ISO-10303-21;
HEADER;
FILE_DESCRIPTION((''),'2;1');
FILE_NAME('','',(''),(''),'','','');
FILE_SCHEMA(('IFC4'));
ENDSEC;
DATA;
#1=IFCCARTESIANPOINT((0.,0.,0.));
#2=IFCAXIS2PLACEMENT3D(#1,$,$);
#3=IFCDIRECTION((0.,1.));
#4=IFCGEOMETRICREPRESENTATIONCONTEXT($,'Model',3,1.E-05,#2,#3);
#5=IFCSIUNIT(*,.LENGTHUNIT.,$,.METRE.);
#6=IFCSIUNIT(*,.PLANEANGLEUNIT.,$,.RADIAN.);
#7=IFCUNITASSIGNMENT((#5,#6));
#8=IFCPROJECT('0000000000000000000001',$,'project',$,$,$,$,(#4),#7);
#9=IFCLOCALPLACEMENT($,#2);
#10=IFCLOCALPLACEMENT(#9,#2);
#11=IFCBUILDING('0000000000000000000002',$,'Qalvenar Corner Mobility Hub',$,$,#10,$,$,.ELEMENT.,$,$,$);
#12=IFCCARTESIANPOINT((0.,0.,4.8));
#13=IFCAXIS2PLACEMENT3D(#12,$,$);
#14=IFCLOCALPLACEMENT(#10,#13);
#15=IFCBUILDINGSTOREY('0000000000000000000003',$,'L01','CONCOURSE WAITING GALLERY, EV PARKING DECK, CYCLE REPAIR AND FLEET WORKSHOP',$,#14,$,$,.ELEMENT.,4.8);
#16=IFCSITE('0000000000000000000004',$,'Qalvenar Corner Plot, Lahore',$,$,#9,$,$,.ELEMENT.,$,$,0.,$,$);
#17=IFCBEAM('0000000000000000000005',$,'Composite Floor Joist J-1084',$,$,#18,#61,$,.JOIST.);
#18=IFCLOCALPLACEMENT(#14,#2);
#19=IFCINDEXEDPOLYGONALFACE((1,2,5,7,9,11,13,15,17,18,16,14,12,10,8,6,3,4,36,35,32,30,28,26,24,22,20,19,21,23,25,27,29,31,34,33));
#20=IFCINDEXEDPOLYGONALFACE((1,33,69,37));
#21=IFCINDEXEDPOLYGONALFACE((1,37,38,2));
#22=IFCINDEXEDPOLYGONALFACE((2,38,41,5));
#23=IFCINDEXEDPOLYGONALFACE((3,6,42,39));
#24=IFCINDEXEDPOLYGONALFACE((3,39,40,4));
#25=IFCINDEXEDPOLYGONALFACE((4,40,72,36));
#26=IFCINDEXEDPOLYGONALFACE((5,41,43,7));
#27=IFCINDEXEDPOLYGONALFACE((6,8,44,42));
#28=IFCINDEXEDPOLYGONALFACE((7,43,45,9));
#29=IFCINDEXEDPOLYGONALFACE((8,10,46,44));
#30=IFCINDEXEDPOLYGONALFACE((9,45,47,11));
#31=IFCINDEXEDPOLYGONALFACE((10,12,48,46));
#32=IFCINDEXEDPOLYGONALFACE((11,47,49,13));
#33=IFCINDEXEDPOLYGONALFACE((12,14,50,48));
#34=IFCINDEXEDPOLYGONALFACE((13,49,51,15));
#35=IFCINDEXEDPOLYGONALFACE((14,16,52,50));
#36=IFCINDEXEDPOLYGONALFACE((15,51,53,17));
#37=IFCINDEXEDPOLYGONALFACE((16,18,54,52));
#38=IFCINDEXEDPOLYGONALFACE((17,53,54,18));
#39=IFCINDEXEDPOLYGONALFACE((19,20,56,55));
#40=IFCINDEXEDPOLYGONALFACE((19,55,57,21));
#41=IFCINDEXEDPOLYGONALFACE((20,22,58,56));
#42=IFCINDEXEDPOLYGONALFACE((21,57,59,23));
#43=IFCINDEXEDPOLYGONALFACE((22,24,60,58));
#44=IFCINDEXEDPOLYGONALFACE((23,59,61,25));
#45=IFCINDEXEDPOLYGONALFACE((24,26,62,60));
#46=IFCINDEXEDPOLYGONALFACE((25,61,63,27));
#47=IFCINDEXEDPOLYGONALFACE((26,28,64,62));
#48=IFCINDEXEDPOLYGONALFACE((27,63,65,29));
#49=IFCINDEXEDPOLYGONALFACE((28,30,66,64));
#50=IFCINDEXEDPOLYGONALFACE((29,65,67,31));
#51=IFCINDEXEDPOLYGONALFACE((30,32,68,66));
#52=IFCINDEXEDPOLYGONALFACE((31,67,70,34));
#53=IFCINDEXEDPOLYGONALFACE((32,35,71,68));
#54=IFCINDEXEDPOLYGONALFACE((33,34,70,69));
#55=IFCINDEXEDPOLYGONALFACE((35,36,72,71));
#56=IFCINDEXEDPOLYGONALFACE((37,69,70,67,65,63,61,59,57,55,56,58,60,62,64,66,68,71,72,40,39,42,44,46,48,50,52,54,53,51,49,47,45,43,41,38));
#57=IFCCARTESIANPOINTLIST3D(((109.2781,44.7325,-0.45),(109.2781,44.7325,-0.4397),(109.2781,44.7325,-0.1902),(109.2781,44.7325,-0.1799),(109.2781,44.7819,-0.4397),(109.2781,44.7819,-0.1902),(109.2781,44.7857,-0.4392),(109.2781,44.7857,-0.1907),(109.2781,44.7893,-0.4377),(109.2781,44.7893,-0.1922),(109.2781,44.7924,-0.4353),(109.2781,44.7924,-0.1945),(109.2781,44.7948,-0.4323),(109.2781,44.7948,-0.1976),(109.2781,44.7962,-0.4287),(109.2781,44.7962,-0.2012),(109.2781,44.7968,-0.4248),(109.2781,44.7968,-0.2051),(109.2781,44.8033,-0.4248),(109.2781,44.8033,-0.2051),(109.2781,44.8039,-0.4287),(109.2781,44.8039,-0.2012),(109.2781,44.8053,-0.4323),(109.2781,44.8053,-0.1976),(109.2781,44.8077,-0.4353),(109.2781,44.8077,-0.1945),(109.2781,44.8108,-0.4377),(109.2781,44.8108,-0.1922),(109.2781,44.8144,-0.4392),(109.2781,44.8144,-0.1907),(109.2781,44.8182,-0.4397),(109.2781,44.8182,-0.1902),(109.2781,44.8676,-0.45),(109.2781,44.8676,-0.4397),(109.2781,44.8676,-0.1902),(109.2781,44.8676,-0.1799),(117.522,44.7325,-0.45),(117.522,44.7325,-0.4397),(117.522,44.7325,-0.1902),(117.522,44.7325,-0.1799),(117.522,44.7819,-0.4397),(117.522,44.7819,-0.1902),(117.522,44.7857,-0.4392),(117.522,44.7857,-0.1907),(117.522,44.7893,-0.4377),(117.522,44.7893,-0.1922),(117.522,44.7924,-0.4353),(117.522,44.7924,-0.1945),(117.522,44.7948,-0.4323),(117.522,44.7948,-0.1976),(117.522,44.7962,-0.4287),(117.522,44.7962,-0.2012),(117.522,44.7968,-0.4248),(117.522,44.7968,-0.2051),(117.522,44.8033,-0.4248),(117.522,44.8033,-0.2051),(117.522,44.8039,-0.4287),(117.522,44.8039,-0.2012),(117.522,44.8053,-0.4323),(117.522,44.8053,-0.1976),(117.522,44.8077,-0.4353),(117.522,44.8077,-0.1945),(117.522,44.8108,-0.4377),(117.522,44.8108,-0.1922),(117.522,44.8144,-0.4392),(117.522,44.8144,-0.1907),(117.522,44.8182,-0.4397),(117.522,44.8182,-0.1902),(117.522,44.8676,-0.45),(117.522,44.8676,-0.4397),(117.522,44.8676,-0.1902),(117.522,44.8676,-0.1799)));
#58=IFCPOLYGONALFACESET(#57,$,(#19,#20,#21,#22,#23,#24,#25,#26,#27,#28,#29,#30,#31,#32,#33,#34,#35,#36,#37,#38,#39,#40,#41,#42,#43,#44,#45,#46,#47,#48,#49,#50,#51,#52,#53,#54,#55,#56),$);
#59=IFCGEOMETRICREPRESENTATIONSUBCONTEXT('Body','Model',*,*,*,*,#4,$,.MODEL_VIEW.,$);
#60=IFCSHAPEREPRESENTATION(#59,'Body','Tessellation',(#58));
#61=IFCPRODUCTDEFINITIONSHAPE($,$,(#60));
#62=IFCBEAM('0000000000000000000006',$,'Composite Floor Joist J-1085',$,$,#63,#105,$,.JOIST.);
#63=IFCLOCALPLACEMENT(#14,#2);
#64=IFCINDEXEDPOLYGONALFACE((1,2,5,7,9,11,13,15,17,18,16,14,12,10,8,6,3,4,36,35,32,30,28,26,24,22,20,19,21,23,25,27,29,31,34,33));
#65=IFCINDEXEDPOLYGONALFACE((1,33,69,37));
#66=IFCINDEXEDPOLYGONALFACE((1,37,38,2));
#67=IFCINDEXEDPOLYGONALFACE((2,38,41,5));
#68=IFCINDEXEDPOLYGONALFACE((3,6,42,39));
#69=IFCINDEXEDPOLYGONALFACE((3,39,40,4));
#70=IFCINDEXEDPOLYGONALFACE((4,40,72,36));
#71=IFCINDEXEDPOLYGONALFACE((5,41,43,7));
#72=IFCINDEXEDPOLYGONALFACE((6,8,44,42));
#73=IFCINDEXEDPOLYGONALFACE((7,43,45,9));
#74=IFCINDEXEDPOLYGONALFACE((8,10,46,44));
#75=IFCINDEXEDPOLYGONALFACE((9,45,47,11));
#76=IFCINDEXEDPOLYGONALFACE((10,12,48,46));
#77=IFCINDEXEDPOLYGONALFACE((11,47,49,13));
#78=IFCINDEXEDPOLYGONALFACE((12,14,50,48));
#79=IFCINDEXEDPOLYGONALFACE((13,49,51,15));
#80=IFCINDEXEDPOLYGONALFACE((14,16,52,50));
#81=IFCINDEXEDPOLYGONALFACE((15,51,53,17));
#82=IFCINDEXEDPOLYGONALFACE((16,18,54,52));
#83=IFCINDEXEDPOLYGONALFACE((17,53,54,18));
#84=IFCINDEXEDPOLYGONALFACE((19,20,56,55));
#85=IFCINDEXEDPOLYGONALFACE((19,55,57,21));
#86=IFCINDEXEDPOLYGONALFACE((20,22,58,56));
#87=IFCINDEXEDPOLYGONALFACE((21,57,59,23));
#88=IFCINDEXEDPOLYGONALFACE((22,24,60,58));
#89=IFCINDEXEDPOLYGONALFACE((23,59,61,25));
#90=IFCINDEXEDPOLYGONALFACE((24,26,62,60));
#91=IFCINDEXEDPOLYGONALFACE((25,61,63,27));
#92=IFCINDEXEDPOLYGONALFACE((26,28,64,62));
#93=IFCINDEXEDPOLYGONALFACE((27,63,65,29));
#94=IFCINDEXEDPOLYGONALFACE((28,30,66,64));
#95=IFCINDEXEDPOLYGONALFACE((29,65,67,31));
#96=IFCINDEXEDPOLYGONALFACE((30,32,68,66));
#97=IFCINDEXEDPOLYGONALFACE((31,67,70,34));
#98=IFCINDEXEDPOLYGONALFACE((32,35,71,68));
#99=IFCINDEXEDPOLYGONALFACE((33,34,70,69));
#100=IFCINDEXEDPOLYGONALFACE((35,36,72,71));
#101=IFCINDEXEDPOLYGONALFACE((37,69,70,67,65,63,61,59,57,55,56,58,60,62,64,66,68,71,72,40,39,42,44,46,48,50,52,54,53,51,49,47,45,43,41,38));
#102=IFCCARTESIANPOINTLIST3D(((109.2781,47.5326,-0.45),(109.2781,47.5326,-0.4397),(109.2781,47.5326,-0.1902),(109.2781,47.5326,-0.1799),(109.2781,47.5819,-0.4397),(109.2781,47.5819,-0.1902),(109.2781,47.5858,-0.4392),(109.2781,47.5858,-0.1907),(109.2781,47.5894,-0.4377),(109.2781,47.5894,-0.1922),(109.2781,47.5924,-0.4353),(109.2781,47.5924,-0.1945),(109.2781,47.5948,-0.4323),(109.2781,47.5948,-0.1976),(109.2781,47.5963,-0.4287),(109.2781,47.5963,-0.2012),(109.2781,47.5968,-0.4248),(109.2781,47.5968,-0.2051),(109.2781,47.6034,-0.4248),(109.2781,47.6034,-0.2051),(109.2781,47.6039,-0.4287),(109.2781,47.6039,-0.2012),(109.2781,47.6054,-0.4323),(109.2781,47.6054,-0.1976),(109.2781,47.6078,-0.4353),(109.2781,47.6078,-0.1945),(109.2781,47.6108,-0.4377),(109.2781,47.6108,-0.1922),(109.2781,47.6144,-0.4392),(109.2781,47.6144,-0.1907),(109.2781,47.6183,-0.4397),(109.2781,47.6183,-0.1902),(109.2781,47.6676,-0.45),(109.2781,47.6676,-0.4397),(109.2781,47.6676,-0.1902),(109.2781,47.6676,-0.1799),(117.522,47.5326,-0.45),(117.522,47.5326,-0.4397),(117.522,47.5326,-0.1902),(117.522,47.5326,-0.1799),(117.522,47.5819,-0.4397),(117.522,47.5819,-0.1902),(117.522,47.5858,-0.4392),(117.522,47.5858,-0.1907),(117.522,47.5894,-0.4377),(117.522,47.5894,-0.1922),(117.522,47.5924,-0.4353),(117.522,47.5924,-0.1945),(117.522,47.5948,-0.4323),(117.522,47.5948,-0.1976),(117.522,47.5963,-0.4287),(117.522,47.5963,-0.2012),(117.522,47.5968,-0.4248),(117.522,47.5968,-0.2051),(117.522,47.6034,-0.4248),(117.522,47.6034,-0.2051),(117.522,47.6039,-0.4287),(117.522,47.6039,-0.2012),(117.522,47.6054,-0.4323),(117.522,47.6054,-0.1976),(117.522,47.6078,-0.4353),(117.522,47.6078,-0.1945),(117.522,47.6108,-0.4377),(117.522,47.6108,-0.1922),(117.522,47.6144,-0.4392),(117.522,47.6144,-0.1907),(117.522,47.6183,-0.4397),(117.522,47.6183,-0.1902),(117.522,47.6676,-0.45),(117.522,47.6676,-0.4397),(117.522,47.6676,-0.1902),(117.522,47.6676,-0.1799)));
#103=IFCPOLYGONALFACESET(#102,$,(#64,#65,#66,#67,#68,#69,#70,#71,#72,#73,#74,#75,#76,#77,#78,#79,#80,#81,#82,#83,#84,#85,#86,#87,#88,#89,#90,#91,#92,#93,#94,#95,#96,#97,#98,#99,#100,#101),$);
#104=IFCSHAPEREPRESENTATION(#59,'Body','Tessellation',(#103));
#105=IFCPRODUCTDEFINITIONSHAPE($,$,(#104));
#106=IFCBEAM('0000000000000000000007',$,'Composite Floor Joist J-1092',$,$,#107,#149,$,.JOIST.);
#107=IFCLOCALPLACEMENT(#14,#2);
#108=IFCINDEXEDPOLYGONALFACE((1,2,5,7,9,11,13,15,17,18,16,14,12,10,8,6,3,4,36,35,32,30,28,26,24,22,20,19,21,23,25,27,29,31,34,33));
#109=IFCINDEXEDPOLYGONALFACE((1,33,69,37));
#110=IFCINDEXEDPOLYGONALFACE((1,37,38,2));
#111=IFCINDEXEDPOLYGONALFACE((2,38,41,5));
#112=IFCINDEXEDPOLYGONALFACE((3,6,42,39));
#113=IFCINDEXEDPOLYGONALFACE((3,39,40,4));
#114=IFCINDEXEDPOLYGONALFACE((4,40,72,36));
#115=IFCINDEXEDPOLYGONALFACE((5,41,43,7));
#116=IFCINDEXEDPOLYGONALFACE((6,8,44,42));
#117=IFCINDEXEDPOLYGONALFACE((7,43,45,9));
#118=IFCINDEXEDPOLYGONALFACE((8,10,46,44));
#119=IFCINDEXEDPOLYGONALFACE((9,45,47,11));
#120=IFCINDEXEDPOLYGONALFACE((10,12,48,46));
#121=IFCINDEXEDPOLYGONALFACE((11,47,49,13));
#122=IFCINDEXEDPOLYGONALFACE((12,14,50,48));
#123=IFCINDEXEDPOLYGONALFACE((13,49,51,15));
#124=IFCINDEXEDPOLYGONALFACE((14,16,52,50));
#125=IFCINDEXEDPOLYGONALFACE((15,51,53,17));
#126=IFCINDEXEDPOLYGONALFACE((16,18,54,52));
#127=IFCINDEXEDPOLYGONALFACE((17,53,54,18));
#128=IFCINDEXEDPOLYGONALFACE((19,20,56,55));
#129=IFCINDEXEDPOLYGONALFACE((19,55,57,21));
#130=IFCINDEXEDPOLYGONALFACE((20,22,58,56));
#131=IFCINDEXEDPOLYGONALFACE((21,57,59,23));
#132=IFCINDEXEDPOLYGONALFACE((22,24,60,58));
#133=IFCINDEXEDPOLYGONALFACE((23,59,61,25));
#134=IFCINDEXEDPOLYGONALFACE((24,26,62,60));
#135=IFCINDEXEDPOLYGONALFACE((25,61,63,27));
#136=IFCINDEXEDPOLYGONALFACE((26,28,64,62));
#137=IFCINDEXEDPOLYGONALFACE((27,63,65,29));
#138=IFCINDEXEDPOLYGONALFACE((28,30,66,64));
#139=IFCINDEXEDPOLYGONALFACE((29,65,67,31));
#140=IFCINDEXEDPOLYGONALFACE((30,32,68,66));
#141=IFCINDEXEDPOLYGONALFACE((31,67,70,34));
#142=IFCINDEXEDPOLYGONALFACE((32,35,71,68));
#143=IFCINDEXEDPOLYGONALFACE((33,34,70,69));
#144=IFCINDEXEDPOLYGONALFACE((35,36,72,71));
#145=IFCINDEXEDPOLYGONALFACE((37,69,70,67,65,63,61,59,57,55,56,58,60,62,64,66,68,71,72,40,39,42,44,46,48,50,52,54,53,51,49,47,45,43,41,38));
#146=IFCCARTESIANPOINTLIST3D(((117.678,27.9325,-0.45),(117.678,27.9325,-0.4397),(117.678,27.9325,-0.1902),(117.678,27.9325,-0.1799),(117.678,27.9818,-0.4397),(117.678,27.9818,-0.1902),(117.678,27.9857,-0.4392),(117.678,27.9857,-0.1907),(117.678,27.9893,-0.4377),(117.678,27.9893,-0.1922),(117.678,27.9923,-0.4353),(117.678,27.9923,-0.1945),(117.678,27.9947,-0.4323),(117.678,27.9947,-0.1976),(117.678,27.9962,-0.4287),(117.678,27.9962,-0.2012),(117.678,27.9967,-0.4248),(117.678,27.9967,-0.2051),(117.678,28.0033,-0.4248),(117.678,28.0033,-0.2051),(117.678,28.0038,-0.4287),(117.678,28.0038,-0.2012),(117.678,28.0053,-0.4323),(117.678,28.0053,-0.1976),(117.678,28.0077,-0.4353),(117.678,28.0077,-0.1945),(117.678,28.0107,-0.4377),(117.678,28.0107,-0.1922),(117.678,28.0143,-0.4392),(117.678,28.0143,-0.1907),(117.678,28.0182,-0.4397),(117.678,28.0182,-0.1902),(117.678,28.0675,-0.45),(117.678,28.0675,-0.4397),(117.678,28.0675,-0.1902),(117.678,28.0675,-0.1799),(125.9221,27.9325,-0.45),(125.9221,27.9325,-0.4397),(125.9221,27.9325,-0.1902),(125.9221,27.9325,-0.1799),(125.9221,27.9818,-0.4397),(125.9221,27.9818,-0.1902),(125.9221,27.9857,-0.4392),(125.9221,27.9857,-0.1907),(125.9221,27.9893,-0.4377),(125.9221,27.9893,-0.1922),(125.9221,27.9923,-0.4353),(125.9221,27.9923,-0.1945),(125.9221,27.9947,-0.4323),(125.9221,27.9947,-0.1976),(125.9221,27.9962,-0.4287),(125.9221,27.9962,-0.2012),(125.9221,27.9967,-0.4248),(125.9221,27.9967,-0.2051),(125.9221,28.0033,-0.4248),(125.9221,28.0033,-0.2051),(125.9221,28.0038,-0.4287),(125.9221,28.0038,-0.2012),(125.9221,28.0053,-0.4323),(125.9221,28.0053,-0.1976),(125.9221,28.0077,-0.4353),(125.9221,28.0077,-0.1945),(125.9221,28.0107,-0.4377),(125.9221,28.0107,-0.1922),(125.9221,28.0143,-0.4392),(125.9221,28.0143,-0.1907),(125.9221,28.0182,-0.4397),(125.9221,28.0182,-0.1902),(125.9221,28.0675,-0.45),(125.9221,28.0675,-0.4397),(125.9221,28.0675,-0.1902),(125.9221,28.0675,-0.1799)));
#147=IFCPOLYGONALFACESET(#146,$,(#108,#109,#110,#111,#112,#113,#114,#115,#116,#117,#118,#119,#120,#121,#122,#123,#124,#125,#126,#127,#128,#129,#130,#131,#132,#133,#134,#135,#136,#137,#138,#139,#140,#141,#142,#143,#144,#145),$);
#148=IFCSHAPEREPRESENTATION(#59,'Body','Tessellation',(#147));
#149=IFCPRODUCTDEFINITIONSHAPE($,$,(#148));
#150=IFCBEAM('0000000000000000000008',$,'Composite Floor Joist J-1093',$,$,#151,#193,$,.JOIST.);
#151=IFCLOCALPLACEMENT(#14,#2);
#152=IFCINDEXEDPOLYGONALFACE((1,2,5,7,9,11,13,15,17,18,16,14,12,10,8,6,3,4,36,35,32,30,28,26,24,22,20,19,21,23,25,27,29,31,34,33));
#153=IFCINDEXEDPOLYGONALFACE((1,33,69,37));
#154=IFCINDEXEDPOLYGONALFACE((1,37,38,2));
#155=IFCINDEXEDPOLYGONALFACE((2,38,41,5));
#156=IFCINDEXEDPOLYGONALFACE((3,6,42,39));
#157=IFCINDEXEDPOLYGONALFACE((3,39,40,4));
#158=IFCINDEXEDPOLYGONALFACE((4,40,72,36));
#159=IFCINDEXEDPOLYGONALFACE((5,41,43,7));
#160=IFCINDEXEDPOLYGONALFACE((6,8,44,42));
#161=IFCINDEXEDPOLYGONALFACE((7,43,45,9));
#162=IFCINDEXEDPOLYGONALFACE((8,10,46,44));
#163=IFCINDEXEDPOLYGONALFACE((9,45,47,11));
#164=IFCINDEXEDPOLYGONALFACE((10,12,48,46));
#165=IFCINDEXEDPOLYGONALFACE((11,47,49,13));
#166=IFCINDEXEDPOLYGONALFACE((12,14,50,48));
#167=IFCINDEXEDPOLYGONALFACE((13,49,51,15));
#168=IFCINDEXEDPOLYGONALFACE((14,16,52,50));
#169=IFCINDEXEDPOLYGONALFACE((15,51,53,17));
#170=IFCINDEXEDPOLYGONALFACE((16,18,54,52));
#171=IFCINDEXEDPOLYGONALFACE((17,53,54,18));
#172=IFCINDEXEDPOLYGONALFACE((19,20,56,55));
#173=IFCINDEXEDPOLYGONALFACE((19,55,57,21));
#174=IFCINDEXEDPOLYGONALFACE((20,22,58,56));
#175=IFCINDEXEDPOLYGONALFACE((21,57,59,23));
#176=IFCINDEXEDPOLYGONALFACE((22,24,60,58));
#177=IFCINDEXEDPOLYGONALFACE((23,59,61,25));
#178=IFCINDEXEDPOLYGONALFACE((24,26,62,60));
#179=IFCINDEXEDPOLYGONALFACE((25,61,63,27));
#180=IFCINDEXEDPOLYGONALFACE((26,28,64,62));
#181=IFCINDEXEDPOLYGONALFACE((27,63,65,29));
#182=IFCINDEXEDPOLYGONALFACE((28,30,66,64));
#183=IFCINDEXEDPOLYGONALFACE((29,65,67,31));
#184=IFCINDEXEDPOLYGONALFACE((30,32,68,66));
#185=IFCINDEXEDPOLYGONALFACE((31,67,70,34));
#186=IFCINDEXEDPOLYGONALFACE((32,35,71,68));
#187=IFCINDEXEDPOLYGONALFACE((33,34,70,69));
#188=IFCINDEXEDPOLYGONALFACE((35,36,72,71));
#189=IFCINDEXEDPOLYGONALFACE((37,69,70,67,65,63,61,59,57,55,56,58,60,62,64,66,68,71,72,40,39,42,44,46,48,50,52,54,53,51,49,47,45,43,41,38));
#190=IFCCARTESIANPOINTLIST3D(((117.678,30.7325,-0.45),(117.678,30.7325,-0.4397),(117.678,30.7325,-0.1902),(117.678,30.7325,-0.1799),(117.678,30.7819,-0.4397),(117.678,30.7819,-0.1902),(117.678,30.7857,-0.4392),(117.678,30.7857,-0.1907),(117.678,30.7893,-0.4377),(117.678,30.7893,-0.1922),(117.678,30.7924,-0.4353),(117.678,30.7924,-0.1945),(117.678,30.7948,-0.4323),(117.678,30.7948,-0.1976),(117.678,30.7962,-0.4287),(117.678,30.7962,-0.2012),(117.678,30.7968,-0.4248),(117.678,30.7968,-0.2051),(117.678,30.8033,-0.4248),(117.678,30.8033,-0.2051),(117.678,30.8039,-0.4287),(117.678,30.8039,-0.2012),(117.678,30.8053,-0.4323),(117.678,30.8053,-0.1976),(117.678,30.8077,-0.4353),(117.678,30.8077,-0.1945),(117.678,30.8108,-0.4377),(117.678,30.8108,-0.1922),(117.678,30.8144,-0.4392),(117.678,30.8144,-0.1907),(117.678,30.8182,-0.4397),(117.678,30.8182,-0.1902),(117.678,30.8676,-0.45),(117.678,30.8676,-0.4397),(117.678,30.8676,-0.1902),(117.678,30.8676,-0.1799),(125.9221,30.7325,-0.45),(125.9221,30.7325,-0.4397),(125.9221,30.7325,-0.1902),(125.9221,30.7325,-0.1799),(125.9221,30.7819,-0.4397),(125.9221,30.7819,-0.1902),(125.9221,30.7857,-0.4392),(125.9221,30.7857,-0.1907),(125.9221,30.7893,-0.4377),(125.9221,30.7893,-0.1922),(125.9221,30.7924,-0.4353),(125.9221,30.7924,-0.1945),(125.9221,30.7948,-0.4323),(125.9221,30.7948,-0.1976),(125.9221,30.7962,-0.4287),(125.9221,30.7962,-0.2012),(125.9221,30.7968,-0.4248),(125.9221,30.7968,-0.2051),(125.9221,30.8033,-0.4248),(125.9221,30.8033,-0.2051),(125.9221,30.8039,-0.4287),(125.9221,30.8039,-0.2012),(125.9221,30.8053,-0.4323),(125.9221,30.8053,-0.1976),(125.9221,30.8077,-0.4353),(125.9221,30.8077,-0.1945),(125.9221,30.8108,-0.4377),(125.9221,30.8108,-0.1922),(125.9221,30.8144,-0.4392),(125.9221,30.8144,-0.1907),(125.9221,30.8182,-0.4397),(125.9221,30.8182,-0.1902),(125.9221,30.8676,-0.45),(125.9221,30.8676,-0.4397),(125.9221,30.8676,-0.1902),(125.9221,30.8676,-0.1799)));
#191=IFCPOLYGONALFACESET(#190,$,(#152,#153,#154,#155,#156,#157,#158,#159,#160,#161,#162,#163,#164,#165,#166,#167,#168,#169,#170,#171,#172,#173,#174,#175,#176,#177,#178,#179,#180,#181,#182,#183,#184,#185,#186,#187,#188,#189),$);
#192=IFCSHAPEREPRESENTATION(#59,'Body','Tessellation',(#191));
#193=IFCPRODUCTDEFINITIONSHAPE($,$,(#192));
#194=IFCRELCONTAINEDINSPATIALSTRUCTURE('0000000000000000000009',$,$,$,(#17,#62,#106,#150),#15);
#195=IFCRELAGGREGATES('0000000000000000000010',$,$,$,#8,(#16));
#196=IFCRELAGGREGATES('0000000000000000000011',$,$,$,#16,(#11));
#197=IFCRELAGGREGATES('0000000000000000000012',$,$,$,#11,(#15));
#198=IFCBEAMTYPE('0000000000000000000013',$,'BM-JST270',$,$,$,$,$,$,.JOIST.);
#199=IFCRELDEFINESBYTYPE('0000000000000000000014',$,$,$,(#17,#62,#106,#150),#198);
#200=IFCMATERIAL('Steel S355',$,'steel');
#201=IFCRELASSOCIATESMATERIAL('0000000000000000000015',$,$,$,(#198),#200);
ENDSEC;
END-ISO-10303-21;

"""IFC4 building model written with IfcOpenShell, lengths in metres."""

from ifc_helpers import new_model, si_unit, direction, frame, origin, origin_2d, place, context, subcontext, project, spatial, i_section, extrude, material, material_profile, profile_set, type_object, element, save


model = new_model("IFC4")

# Units and contexts
model_context = context("Model", 3, precision=1e-05, world=origin(), true_north=direction((0.0, 1.0)))
body_context = subcontext(model_context, "Body", "Model", "MODEL_VIEW")
ifc_project = project(units=[si_unit("LENGTHUNIT", "METRE"), si_unit("PLANEANGLEUNIT", "RADIAN")], contexts=[model_context])

# Site, building, storey
site_placement = place(None, origin())
site = spatial("IfcSite", under=ifc_project, at=site_placement, Name="Qalvenar Corner Plot, Lahore", CompositionType="ELEMENT", RefElevation=0.0)
building_placement = place(site_placement, origin())
building = spatial("IfcBuilding", under=site, at=building_placement, Name="Qalvenar Corner Mobility Hub", CompositionType="ELEMENT")
storey_placement = place(building_placement, frame((0.0, 0.0, 4.8)))
storey = spatial("IfcBuildingStorey", under=building, at=storey_placement, Name="L01", Description="CONCOURSE WAITING GALLERY, EV PARKING DECK, CYCLE REPAIR AND FLEET WORKSHOP", CompositionType="ELEMENT", Elevation=4.8)

# Shared definitions
ifc_material_1 = material(Name="Steel S355", Category="steel")

# Beams
ifc_material_profile_1 = material_profile(ifc_material_1, i_section(OverallWidth=0.135, OverallDepth=0.27, WebThickness=0.0066, FlangeThickness=0.0103, FilletRadius=0.0149, at=origin_2d()), Name="IPE270")
ifc_profile_set_1 = profile_set([ifc_material_profile_1], Name="Steel S355")
beam_type_1 = type_object("IfcBeamType", Name="BM-JST270", PredefinedType="JOIST", material=ifc_profile_set_1)
for number, where, z_axis, x_axis, name in (
    (1, (109.2781, 44.8, -0.3149), (1.0, 0.0, 0.0), (0.0, 1.0, 0.0), "Composite Floor Joist J-1084"),
    (2, (109.2781, 47.6001, -0.3149), (1.0, 0.0, 0.0), (0.0, 1.0, 0.0), "Composite Floor Joist J-1085"),
):
    element("IfcBeam", number, at=place(storey_placement, frame(where, z_axis=z_axis, x_axis=x_axis)), inside=storey, type_object=beam_type_1, Name=name, PredefinedType="JOIST", context=body_context, shape_type="SweptSolid", body=[
        extrude(i_section(OverallWidth=0.135, OverallDepth=0.27, WebThickness=0.0066, FlangeThickness=0.0103, FilletRadius=0.0149, at=origin_2d()), origin(), (0.0, 0.0, 1.0), 8.2439),
    ])
for number, where, z_axis, x_axis, name in (
    (3, (117.678, 28.0, -0.3149), (1.0, 0.0, 0.0), (0.0, 1.0, 0.0), "Composite Floor Joist J-1092"),
    (4, (117.678, 30.8, -0.3149), (1.0, 0.0, 0.0), (0.0, 1.0, 0.0), "Composite Floor Joist J-1093"),
):
    element("IfcBeam", number, at=place(storey_placement, frame(where, z_axis=z_axis, x_axis=x_axis)), inside=storey, type_object=beam_type_1, Name=name, PredefinedType="JOIST", context=body_context, shape_type="SweptSolid", body=[
        extrude(i_section(OverallWidth=0.135, OverallDepth=0.27, WebThickness=0.0066, FlangeThickness=0.0103, FilletRadius=0.0149, at=origin_2d()), origin(), (0.0, 0.0, 1.0), 8.2441),
    ])

save(model, "model.ifc")
